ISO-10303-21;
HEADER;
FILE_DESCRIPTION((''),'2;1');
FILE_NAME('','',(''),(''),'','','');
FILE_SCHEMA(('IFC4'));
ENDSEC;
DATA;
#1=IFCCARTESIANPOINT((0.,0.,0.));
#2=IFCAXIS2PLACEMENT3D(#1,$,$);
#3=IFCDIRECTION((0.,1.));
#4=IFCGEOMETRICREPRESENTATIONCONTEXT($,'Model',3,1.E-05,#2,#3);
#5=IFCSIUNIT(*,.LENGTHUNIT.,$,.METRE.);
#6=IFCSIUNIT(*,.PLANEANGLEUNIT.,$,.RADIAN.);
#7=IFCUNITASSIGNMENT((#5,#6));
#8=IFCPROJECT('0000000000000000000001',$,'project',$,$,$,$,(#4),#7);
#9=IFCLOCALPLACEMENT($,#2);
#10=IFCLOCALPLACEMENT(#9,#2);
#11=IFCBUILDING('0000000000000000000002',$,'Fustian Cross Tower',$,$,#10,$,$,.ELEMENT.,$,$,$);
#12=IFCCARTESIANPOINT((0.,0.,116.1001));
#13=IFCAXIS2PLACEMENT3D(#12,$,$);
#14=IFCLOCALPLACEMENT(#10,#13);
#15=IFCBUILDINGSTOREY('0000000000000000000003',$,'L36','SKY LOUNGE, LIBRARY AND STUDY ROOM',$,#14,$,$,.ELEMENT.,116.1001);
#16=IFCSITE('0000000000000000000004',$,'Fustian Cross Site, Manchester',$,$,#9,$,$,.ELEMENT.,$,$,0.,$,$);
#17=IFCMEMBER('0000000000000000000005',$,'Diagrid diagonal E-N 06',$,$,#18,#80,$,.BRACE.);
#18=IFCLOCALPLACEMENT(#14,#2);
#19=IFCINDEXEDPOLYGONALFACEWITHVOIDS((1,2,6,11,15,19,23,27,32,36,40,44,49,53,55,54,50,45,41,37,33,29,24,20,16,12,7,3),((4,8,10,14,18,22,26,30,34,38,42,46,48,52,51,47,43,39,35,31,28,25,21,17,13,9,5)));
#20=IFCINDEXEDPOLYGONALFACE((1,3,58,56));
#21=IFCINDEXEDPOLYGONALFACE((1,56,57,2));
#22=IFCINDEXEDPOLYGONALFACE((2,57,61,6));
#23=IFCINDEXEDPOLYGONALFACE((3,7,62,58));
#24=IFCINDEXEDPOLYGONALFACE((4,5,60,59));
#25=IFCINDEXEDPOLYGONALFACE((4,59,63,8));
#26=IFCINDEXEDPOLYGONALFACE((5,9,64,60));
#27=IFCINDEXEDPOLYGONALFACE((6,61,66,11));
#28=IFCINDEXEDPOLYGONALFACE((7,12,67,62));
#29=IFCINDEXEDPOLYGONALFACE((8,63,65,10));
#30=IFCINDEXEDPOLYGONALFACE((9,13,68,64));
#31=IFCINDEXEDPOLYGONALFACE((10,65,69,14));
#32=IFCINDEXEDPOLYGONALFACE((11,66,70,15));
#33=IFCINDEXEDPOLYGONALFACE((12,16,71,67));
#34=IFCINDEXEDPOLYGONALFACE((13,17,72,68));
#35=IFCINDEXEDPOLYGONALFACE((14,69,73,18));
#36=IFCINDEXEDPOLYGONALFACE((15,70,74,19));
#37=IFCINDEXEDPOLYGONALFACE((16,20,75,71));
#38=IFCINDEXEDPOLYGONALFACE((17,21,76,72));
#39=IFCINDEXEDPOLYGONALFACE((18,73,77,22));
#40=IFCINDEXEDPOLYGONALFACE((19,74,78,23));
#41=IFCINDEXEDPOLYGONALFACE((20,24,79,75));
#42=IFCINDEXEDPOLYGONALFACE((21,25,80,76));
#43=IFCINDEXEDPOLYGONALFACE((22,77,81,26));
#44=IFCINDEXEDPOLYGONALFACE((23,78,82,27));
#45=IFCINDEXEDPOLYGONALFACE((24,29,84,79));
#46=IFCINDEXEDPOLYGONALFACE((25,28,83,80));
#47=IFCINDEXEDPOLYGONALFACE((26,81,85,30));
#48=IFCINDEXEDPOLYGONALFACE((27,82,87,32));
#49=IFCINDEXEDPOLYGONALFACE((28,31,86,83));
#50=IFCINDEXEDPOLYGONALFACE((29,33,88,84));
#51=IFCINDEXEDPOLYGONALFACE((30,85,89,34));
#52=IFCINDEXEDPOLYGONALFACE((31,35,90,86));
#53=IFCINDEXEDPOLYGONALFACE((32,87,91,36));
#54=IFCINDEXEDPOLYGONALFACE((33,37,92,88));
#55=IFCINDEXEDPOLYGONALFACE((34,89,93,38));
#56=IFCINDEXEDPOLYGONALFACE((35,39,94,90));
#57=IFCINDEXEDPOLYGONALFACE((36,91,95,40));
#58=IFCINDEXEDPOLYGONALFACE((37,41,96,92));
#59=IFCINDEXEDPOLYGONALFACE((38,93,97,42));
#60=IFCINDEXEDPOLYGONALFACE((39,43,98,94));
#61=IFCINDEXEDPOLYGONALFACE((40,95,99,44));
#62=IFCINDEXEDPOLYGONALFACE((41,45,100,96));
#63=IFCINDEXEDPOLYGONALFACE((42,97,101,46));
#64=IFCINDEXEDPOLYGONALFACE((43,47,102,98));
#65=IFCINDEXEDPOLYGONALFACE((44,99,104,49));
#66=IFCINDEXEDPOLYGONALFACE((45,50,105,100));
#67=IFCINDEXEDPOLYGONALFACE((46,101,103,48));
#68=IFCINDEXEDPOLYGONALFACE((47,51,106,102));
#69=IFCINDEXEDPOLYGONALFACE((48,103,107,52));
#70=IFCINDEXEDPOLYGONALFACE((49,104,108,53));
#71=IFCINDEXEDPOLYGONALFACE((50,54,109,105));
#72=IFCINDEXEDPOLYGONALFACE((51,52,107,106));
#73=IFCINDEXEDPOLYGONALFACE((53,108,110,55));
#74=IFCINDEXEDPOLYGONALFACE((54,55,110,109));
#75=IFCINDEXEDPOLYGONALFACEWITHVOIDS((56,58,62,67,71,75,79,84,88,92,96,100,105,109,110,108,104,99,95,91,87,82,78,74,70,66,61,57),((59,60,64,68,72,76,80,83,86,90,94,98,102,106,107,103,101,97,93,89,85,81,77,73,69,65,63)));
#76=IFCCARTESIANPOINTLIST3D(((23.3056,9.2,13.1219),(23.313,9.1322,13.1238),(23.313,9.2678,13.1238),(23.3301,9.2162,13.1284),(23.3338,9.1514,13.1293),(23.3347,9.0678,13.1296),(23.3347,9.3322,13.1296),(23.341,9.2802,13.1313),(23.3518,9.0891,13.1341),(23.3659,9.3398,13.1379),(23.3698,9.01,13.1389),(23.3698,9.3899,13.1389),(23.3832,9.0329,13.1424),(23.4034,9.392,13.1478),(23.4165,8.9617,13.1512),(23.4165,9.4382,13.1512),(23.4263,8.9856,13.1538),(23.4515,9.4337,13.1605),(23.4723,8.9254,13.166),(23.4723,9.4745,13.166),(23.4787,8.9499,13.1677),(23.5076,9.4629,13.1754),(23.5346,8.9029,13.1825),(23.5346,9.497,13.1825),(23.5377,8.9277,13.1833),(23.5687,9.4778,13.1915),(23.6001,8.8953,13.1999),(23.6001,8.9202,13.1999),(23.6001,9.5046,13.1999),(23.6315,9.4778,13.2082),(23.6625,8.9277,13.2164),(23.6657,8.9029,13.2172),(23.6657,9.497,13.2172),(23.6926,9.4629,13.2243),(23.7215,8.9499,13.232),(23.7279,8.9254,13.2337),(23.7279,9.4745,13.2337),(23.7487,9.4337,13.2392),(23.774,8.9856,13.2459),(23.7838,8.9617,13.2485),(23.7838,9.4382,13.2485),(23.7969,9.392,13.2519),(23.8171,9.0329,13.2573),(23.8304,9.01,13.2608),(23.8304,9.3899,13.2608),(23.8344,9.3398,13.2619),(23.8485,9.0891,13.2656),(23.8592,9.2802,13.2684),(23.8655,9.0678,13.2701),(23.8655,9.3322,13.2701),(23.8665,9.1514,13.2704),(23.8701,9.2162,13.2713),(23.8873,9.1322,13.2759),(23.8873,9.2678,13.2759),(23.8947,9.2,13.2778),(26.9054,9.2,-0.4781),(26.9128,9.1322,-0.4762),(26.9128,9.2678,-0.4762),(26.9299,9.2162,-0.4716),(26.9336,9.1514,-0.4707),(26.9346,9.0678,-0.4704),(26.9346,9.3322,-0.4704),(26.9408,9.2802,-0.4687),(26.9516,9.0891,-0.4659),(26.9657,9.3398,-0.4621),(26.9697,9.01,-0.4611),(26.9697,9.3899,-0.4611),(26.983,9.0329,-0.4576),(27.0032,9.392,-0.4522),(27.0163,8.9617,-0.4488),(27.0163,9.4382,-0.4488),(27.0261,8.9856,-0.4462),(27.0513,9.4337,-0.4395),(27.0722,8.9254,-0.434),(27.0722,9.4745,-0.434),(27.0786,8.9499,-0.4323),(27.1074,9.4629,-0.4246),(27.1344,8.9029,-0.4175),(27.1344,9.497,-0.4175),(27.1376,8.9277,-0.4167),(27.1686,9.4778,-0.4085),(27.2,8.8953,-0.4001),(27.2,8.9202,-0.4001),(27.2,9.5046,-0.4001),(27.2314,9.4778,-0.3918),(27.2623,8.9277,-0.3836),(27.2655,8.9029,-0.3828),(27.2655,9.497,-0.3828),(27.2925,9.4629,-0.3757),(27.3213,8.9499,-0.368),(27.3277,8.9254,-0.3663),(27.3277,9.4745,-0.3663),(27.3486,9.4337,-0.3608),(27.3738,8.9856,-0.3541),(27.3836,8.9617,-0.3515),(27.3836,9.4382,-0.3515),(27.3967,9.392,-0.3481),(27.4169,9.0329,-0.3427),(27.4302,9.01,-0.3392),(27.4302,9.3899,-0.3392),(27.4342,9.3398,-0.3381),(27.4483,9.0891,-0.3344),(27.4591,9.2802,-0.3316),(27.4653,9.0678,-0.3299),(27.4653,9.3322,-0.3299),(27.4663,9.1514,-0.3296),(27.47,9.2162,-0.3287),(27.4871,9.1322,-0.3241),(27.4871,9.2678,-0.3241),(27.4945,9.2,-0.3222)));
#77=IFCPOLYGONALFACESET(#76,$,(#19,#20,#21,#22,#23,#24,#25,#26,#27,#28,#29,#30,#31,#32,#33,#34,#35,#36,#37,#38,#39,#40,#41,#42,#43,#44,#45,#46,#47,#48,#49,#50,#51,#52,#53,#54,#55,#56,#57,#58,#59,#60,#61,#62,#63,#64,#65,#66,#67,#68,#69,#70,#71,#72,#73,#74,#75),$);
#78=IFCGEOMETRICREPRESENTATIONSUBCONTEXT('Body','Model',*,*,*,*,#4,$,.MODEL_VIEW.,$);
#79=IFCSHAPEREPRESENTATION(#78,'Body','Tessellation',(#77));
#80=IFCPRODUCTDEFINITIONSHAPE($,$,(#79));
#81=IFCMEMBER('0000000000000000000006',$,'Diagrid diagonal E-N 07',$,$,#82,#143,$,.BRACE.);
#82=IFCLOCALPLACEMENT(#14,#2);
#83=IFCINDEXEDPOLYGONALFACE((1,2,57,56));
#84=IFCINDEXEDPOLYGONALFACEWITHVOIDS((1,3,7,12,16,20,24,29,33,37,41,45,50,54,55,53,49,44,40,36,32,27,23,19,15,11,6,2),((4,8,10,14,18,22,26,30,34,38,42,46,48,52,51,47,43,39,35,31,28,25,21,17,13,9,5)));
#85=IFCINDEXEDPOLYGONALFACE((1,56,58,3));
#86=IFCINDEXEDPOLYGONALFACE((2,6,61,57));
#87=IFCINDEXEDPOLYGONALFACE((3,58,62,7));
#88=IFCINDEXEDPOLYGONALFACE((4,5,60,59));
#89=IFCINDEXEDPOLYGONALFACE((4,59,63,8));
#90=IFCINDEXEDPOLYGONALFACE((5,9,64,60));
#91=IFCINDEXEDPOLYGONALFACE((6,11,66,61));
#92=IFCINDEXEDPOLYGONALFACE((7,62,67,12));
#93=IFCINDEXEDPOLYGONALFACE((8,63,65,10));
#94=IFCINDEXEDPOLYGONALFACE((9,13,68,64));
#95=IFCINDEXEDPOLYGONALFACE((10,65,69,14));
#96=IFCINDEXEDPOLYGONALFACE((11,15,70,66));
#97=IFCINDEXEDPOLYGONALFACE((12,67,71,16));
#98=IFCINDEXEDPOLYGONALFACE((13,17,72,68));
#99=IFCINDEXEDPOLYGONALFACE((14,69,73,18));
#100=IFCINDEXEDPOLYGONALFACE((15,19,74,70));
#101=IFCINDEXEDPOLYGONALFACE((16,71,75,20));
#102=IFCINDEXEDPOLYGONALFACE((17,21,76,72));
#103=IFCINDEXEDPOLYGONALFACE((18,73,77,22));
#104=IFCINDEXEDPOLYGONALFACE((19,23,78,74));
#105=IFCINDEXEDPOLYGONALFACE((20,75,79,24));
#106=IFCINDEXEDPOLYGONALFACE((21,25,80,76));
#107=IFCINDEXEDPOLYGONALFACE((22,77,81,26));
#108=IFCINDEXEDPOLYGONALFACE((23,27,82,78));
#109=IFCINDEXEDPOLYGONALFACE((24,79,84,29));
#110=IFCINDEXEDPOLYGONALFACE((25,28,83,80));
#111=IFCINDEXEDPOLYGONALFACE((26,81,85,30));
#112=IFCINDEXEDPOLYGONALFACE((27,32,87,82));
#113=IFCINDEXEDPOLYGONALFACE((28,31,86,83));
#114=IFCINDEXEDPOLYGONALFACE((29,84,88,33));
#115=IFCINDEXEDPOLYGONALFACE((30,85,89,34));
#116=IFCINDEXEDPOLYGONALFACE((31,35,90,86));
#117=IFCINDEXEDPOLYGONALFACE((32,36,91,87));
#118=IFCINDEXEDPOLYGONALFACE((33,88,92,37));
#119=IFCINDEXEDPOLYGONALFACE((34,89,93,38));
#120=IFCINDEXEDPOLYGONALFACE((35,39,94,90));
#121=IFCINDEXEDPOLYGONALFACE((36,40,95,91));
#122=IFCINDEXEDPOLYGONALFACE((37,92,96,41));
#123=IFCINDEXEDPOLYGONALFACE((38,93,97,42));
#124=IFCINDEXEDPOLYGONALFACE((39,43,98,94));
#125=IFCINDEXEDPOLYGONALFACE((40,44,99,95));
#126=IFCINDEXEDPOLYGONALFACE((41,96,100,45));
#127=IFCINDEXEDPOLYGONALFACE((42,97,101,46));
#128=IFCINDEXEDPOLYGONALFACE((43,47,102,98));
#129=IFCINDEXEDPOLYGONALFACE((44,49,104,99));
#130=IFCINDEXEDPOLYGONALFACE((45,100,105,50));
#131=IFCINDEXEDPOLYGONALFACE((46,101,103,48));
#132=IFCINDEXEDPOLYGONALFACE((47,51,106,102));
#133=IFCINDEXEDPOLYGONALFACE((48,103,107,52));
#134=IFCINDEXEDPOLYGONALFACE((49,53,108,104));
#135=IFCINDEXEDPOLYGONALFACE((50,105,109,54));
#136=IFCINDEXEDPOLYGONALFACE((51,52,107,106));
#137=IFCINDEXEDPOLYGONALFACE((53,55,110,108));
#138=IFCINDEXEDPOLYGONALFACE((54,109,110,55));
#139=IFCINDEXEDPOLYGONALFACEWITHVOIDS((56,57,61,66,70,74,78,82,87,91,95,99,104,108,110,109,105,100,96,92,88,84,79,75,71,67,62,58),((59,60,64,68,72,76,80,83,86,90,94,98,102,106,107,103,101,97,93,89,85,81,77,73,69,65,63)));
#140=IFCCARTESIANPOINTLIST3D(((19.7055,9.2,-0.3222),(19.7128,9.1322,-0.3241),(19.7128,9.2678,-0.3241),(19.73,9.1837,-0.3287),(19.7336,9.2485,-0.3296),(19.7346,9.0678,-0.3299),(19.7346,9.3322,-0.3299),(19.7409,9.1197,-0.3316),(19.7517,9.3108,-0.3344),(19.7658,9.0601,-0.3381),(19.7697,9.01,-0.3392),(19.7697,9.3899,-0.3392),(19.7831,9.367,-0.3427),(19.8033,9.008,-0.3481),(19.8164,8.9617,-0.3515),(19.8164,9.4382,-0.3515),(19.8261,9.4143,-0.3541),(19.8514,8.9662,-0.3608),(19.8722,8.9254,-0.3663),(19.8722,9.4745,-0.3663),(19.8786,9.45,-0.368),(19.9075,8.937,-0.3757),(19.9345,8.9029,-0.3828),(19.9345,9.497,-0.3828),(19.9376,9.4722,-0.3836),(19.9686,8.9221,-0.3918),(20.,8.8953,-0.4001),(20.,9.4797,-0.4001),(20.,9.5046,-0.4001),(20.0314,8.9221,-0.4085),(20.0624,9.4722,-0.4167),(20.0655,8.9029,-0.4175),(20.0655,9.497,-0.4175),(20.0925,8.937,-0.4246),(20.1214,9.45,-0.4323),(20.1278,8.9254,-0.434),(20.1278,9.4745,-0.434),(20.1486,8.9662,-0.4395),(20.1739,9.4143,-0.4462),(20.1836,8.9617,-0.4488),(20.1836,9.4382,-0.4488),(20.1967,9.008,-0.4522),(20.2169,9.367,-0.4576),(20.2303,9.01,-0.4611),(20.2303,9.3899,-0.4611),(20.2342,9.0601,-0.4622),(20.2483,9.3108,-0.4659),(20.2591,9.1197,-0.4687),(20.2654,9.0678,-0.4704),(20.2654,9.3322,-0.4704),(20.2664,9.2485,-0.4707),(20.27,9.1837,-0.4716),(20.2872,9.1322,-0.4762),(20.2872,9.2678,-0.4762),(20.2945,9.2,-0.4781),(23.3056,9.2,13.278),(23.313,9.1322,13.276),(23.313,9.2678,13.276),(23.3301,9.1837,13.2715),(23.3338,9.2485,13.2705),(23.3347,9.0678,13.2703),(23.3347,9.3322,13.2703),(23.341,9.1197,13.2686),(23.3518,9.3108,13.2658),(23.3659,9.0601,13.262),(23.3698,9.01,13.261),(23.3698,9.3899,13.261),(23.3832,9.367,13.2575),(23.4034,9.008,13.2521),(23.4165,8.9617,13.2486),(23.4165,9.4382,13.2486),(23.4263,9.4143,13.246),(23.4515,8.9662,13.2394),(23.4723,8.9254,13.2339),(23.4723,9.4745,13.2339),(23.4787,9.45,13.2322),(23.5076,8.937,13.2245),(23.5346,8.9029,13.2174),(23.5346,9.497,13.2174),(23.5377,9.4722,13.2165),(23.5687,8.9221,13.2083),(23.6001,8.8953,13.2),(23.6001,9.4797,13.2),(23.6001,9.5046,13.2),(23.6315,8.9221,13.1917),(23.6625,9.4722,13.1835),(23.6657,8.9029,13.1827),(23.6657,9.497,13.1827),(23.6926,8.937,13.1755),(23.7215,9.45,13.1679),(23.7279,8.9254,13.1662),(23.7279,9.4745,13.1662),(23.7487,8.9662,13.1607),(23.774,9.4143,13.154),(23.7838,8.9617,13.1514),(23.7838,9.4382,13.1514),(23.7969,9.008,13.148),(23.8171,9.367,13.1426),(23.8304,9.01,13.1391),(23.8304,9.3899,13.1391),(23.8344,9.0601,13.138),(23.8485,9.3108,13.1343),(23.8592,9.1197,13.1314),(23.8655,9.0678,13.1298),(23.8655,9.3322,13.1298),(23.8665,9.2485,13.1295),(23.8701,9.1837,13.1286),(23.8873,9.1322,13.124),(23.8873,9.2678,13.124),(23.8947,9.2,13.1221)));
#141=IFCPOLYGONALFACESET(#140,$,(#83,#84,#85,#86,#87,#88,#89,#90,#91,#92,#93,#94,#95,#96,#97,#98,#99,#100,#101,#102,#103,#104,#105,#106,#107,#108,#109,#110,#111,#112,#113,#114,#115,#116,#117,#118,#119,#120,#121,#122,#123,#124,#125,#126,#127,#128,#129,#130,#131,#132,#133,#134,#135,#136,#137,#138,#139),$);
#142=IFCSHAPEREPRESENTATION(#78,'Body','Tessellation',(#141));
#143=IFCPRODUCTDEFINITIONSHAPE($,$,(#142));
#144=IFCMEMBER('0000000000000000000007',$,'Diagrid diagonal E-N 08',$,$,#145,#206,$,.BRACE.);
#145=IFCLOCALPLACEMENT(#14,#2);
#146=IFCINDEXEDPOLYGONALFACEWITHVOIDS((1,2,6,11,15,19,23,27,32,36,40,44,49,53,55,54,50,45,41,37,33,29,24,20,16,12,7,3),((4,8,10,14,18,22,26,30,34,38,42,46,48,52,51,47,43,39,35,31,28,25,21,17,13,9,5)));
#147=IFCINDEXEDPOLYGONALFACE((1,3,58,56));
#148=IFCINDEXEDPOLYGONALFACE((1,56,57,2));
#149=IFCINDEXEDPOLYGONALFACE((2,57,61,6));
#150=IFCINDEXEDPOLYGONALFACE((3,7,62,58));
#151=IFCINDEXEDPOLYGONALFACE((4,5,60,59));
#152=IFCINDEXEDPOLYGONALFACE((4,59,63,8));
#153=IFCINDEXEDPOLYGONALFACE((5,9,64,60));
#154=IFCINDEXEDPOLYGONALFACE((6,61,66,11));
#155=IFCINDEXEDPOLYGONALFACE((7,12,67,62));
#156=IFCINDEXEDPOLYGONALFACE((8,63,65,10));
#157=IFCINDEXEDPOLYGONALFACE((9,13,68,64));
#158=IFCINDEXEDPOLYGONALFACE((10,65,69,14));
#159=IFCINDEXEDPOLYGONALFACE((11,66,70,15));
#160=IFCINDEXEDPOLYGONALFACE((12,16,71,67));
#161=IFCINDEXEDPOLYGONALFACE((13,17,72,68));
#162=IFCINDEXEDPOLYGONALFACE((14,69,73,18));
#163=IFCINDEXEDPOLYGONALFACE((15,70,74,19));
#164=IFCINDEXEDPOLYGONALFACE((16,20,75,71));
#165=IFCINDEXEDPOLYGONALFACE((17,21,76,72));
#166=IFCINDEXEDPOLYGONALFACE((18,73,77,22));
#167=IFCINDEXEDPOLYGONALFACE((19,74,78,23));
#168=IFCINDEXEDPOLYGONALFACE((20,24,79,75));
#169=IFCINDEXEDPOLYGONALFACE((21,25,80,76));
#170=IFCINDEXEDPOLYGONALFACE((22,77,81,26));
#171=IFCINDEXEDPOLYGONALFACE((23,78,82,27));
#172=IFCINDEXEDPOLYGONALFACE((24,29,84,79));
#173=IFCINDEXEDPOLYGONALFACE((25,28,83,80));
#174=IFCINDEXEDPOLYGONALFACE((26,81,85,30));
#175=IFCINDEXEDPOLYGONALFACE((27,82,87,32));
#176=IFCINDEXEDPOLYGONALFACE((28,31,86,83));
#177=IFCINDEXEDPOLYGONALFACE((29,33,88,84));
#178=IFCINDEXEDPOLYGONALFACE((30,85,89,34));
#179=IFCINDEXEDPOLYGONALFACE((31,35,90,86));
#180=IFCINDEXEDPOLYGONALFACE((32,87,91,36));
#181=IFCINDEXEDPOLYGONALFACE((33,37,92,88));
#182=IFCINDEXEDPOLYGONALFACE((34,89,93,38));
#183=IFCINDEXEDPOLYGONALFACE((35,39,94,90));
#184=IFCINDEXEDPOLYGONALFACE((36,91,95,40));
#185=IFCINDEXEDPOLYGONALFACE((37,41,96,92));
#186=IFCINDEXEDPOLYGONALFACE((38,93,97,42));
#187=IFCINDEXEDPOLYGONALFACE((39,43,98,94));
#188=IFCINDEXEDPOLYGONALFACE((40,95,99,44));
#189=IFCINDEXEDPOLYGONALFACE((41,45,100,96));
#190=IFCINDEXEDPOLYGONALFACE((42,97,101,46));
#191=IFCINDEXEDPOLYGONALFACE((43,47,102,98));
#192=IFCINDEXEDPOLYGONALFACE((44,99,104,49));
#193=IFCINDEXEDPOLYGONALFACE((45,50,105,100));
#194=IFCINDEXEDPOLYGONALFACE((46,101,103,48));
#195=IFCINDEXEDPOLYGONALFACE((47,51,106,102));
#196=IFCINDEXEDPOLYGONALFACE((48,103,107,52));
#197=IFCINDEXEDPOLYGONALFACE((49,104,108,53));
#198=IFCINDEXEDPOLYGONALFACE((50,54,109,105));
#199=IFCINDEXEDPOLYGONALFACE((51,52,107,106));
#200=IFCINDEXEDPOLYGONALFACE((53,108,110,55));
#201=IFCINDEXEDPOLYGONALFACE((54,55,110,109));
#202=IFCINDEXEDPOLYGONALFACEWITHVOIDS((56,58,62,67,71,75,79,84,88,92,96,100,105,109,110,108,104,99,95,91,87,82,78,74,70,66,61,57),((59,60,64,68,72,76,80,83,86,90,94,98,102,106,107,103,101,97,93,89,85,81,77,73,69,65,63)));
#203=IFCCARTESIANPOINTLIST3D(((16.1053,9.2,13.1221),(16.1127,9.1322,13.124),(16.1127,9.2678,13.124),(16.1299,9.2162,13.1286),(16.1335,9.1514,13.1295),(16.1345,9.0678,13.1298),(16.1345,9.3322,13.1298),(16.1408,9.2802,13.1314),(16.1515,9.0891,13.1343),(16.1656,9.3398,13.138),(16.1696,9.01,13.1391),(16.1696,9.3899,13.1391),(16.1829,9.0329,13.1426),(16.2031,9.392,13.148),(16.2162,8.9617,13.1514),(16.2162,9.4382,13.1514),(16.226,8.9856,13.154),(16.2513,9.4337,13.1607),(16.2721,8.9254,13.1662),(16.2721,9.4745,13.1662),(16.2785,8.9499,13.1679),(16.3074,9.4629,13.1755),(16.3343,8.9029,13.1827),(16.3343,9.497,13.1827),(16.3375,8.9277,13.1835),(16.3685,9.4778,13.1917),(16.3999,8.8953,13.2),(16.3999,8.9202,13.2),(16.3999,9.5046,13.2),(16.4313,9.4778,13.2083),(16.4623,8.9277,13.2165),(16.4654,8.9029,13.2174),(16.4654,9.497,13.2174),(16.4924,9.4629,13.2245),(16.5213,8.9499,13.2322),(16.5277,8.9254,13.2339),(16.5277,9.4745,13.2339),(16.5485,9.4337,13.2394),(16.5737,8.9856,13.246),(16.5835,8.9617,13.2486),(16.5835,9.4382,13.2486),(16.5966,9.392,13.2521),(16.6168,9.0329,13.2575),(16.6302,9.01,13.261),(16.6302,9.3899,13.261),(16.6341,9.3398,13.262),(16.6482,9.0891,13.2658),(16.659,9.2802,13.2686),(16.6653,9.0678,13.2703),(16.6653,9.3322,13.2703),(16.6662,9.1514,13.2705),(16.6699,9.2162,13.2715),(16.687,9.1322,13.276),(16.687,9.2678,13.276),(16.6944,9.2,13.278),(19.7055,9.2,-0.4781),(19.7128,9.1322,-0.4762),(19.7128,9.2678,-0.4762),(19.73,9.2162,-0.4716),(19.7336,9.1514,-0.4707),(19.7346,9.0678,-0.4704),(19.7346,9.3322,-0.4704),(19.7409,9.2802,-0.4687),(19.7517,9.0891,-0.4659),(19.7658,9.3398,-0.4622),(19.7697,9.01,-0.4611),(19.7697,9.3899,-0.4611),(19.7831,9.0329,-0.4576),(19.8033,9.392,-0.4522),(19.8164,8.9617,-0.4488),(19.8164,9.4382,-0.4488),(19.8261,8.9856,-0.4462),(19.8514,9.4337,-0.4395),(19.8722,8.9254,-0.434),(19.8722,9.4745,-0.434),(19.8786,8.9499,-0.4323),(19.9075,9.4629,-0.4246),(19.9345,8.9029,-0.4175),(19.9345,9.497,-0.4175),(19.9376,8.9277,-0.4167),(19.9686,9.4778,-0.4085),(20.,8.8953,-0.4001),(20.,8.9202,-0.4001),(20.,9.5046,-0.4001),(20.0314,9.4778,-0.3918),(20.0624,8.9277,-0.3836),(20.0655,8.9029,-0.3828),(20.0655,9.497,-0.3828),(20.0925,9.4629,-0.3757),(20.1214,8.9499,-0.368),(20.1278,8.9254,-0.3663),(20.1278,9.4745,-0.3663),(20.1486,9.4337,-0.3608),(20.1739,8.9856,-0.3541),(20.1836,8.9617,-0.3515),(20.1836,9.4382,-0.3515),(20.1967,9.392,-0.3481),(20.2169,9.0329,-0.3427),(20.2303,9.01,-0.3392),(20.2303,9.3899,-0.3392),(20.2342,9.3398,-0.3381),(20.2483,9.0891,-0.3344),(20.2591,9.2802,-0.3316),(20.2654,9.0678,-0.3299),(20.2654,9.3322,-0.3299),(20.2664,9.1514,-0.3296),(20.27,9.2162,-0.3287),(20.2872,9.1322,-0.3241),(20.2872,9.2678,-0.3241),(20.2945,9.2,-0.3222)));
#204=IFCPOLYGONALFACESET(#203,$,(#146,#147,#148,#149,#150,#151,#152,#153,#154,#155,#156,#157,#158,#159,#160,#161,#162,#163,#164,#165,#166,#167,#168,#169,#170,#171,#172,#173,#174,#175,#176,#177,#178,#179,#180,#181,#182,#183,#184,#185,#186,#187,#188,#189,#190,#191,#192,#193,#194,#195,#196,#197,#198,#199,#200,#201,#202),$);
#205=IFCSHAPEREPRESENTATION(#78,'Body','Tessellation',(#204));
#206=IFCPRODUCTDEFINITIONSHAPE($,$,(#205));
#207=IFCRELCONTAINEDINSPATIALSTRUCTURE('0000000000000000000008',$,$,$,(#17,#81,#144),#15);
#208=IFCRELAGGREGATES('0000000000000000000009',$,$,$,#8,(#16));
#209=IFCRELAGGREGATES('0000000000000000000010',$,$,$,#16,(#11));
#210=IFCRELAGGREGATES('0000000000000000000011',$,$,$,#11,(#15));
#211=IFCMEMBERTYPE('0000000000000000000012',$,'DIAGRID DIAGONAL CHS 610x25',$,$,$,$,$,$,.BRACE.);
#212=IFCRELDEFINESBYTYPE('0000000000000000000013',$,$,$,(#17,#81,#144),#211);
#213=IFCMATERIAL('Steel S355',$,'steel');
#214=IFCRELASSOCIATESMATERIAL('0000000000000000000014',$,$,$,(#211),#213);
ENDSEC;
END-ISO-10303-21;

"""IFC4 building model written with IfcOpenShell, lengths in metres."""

from ifc_helpers import new_model, si_unit, direction, frame, origin, origin_2d, place, context, subcontext, project, spatial, hollow_circle, extrude, material, material_profile, profile_set, type_object, element, save


model = new_model("IFC4")

# Units and contexts
model_context = context("Model", 3, precision=1e-05, world=origin(), true_north=direction((0.0, 1.0)))
body_context = subcontext(model_context, "Body", "Model", "MODEL_VIEW")
ifc_project = project(units=[si_unit("LENGTHUNIT", "METRE"), si_unit("PLANEANGLEUNIT", "RADIAN")], contexts=[model_context])

# Site, building, storey
site_placement = place(None, origin())
site = spatial("IfcSite", under=ifc_project, at=site_placement, Name="Fustian Cross Site, Manchester", CompositionType="ELEMENT", RefElevation=0.0)
building_placement = place(site_placement, origin())
building = spatial("IfcBuilding", under=site, at=building_placement, Name="Fustian Cross Tower", CompositionType="ELEMENT")
storey_placement = place(building_placement, frame((0.0, 0.0, 116.1001)))
storey = spatial("IfcBuildingStorey", under=building, at=storey_placement, Name="L36", Description="SKY LOUNGE, LIBRARY AND STUDY ROOM", CompositionType="ELEMENT", Elevation=116.1001)

# Members
ifc_material_1 = material(Name="Steel S355", Category="steel")
ifc_material_profile_1 = material_profile(ifc_material_1, hollow_circle(Radius=0.3047, WallThickness=0.0249, at=origin_2d()), Name="CHS 610x25")
ifc_profile_set_1 = profile_set([ifc_material_profile_1], Name="Steel S355")
member_type_1 = type_object("IfcMemberType", Name="DIAGRID DIAGONAL CHS 610x25", PredefinedType="BRACE", material=ifc_profile_set_1)
member_1_placement = place(storey_placement, frame((27.2, 9.2, -0.4001), z_axis=(-0.255881, 0.0, 0.966708), x_axis=(0.0, -1.0, 0.0)))
element("IfcMember", 1, at=member_1_placement, inside=storey, type_object=member_type_1, Name="Diagrid diagonal E-N 06", PredefinedType="BRACE", context=body_context, shape_type="SweptSolid", body=[
    extrude(hollow_circle(Radius=0.3047, WallThickness=0.0249, at=origin_2d()), origin(), (0.0, 0.0, 1.0), 14.0684),
])
for number, where, z_axis, x_axis, name in (
    (2, (20.0, 9.2, -0.4001), (0.255897, 0.0, 0.966704), (0.0, 1.0, 0.0), "Diagrid diagonal E-N 07"),
    (3, (20.0, 9.2, -0.4001), (-0.255897, 0.0, 0.966704), (0.0, -1.0, 0.0), "Diagrid diagonal E-N 08"),
):
    element("IfcMember", number, at=place(storey_placement, frame(where, z_axis=z_axis, x_axis=x_axis)), inside=storey, type_object=member_type_1, Name=name, PredefinedType="BRACE", context=body_context, shape_type="SweptSolid", body=[
        extrude(hollow_circle(Radius=0.3047, WallThickness=0.0249, at=origin_2d()), origin(), (0.0, 0.0, 1.0), 14.0686),
    ])

save(model, "model.ifc")
